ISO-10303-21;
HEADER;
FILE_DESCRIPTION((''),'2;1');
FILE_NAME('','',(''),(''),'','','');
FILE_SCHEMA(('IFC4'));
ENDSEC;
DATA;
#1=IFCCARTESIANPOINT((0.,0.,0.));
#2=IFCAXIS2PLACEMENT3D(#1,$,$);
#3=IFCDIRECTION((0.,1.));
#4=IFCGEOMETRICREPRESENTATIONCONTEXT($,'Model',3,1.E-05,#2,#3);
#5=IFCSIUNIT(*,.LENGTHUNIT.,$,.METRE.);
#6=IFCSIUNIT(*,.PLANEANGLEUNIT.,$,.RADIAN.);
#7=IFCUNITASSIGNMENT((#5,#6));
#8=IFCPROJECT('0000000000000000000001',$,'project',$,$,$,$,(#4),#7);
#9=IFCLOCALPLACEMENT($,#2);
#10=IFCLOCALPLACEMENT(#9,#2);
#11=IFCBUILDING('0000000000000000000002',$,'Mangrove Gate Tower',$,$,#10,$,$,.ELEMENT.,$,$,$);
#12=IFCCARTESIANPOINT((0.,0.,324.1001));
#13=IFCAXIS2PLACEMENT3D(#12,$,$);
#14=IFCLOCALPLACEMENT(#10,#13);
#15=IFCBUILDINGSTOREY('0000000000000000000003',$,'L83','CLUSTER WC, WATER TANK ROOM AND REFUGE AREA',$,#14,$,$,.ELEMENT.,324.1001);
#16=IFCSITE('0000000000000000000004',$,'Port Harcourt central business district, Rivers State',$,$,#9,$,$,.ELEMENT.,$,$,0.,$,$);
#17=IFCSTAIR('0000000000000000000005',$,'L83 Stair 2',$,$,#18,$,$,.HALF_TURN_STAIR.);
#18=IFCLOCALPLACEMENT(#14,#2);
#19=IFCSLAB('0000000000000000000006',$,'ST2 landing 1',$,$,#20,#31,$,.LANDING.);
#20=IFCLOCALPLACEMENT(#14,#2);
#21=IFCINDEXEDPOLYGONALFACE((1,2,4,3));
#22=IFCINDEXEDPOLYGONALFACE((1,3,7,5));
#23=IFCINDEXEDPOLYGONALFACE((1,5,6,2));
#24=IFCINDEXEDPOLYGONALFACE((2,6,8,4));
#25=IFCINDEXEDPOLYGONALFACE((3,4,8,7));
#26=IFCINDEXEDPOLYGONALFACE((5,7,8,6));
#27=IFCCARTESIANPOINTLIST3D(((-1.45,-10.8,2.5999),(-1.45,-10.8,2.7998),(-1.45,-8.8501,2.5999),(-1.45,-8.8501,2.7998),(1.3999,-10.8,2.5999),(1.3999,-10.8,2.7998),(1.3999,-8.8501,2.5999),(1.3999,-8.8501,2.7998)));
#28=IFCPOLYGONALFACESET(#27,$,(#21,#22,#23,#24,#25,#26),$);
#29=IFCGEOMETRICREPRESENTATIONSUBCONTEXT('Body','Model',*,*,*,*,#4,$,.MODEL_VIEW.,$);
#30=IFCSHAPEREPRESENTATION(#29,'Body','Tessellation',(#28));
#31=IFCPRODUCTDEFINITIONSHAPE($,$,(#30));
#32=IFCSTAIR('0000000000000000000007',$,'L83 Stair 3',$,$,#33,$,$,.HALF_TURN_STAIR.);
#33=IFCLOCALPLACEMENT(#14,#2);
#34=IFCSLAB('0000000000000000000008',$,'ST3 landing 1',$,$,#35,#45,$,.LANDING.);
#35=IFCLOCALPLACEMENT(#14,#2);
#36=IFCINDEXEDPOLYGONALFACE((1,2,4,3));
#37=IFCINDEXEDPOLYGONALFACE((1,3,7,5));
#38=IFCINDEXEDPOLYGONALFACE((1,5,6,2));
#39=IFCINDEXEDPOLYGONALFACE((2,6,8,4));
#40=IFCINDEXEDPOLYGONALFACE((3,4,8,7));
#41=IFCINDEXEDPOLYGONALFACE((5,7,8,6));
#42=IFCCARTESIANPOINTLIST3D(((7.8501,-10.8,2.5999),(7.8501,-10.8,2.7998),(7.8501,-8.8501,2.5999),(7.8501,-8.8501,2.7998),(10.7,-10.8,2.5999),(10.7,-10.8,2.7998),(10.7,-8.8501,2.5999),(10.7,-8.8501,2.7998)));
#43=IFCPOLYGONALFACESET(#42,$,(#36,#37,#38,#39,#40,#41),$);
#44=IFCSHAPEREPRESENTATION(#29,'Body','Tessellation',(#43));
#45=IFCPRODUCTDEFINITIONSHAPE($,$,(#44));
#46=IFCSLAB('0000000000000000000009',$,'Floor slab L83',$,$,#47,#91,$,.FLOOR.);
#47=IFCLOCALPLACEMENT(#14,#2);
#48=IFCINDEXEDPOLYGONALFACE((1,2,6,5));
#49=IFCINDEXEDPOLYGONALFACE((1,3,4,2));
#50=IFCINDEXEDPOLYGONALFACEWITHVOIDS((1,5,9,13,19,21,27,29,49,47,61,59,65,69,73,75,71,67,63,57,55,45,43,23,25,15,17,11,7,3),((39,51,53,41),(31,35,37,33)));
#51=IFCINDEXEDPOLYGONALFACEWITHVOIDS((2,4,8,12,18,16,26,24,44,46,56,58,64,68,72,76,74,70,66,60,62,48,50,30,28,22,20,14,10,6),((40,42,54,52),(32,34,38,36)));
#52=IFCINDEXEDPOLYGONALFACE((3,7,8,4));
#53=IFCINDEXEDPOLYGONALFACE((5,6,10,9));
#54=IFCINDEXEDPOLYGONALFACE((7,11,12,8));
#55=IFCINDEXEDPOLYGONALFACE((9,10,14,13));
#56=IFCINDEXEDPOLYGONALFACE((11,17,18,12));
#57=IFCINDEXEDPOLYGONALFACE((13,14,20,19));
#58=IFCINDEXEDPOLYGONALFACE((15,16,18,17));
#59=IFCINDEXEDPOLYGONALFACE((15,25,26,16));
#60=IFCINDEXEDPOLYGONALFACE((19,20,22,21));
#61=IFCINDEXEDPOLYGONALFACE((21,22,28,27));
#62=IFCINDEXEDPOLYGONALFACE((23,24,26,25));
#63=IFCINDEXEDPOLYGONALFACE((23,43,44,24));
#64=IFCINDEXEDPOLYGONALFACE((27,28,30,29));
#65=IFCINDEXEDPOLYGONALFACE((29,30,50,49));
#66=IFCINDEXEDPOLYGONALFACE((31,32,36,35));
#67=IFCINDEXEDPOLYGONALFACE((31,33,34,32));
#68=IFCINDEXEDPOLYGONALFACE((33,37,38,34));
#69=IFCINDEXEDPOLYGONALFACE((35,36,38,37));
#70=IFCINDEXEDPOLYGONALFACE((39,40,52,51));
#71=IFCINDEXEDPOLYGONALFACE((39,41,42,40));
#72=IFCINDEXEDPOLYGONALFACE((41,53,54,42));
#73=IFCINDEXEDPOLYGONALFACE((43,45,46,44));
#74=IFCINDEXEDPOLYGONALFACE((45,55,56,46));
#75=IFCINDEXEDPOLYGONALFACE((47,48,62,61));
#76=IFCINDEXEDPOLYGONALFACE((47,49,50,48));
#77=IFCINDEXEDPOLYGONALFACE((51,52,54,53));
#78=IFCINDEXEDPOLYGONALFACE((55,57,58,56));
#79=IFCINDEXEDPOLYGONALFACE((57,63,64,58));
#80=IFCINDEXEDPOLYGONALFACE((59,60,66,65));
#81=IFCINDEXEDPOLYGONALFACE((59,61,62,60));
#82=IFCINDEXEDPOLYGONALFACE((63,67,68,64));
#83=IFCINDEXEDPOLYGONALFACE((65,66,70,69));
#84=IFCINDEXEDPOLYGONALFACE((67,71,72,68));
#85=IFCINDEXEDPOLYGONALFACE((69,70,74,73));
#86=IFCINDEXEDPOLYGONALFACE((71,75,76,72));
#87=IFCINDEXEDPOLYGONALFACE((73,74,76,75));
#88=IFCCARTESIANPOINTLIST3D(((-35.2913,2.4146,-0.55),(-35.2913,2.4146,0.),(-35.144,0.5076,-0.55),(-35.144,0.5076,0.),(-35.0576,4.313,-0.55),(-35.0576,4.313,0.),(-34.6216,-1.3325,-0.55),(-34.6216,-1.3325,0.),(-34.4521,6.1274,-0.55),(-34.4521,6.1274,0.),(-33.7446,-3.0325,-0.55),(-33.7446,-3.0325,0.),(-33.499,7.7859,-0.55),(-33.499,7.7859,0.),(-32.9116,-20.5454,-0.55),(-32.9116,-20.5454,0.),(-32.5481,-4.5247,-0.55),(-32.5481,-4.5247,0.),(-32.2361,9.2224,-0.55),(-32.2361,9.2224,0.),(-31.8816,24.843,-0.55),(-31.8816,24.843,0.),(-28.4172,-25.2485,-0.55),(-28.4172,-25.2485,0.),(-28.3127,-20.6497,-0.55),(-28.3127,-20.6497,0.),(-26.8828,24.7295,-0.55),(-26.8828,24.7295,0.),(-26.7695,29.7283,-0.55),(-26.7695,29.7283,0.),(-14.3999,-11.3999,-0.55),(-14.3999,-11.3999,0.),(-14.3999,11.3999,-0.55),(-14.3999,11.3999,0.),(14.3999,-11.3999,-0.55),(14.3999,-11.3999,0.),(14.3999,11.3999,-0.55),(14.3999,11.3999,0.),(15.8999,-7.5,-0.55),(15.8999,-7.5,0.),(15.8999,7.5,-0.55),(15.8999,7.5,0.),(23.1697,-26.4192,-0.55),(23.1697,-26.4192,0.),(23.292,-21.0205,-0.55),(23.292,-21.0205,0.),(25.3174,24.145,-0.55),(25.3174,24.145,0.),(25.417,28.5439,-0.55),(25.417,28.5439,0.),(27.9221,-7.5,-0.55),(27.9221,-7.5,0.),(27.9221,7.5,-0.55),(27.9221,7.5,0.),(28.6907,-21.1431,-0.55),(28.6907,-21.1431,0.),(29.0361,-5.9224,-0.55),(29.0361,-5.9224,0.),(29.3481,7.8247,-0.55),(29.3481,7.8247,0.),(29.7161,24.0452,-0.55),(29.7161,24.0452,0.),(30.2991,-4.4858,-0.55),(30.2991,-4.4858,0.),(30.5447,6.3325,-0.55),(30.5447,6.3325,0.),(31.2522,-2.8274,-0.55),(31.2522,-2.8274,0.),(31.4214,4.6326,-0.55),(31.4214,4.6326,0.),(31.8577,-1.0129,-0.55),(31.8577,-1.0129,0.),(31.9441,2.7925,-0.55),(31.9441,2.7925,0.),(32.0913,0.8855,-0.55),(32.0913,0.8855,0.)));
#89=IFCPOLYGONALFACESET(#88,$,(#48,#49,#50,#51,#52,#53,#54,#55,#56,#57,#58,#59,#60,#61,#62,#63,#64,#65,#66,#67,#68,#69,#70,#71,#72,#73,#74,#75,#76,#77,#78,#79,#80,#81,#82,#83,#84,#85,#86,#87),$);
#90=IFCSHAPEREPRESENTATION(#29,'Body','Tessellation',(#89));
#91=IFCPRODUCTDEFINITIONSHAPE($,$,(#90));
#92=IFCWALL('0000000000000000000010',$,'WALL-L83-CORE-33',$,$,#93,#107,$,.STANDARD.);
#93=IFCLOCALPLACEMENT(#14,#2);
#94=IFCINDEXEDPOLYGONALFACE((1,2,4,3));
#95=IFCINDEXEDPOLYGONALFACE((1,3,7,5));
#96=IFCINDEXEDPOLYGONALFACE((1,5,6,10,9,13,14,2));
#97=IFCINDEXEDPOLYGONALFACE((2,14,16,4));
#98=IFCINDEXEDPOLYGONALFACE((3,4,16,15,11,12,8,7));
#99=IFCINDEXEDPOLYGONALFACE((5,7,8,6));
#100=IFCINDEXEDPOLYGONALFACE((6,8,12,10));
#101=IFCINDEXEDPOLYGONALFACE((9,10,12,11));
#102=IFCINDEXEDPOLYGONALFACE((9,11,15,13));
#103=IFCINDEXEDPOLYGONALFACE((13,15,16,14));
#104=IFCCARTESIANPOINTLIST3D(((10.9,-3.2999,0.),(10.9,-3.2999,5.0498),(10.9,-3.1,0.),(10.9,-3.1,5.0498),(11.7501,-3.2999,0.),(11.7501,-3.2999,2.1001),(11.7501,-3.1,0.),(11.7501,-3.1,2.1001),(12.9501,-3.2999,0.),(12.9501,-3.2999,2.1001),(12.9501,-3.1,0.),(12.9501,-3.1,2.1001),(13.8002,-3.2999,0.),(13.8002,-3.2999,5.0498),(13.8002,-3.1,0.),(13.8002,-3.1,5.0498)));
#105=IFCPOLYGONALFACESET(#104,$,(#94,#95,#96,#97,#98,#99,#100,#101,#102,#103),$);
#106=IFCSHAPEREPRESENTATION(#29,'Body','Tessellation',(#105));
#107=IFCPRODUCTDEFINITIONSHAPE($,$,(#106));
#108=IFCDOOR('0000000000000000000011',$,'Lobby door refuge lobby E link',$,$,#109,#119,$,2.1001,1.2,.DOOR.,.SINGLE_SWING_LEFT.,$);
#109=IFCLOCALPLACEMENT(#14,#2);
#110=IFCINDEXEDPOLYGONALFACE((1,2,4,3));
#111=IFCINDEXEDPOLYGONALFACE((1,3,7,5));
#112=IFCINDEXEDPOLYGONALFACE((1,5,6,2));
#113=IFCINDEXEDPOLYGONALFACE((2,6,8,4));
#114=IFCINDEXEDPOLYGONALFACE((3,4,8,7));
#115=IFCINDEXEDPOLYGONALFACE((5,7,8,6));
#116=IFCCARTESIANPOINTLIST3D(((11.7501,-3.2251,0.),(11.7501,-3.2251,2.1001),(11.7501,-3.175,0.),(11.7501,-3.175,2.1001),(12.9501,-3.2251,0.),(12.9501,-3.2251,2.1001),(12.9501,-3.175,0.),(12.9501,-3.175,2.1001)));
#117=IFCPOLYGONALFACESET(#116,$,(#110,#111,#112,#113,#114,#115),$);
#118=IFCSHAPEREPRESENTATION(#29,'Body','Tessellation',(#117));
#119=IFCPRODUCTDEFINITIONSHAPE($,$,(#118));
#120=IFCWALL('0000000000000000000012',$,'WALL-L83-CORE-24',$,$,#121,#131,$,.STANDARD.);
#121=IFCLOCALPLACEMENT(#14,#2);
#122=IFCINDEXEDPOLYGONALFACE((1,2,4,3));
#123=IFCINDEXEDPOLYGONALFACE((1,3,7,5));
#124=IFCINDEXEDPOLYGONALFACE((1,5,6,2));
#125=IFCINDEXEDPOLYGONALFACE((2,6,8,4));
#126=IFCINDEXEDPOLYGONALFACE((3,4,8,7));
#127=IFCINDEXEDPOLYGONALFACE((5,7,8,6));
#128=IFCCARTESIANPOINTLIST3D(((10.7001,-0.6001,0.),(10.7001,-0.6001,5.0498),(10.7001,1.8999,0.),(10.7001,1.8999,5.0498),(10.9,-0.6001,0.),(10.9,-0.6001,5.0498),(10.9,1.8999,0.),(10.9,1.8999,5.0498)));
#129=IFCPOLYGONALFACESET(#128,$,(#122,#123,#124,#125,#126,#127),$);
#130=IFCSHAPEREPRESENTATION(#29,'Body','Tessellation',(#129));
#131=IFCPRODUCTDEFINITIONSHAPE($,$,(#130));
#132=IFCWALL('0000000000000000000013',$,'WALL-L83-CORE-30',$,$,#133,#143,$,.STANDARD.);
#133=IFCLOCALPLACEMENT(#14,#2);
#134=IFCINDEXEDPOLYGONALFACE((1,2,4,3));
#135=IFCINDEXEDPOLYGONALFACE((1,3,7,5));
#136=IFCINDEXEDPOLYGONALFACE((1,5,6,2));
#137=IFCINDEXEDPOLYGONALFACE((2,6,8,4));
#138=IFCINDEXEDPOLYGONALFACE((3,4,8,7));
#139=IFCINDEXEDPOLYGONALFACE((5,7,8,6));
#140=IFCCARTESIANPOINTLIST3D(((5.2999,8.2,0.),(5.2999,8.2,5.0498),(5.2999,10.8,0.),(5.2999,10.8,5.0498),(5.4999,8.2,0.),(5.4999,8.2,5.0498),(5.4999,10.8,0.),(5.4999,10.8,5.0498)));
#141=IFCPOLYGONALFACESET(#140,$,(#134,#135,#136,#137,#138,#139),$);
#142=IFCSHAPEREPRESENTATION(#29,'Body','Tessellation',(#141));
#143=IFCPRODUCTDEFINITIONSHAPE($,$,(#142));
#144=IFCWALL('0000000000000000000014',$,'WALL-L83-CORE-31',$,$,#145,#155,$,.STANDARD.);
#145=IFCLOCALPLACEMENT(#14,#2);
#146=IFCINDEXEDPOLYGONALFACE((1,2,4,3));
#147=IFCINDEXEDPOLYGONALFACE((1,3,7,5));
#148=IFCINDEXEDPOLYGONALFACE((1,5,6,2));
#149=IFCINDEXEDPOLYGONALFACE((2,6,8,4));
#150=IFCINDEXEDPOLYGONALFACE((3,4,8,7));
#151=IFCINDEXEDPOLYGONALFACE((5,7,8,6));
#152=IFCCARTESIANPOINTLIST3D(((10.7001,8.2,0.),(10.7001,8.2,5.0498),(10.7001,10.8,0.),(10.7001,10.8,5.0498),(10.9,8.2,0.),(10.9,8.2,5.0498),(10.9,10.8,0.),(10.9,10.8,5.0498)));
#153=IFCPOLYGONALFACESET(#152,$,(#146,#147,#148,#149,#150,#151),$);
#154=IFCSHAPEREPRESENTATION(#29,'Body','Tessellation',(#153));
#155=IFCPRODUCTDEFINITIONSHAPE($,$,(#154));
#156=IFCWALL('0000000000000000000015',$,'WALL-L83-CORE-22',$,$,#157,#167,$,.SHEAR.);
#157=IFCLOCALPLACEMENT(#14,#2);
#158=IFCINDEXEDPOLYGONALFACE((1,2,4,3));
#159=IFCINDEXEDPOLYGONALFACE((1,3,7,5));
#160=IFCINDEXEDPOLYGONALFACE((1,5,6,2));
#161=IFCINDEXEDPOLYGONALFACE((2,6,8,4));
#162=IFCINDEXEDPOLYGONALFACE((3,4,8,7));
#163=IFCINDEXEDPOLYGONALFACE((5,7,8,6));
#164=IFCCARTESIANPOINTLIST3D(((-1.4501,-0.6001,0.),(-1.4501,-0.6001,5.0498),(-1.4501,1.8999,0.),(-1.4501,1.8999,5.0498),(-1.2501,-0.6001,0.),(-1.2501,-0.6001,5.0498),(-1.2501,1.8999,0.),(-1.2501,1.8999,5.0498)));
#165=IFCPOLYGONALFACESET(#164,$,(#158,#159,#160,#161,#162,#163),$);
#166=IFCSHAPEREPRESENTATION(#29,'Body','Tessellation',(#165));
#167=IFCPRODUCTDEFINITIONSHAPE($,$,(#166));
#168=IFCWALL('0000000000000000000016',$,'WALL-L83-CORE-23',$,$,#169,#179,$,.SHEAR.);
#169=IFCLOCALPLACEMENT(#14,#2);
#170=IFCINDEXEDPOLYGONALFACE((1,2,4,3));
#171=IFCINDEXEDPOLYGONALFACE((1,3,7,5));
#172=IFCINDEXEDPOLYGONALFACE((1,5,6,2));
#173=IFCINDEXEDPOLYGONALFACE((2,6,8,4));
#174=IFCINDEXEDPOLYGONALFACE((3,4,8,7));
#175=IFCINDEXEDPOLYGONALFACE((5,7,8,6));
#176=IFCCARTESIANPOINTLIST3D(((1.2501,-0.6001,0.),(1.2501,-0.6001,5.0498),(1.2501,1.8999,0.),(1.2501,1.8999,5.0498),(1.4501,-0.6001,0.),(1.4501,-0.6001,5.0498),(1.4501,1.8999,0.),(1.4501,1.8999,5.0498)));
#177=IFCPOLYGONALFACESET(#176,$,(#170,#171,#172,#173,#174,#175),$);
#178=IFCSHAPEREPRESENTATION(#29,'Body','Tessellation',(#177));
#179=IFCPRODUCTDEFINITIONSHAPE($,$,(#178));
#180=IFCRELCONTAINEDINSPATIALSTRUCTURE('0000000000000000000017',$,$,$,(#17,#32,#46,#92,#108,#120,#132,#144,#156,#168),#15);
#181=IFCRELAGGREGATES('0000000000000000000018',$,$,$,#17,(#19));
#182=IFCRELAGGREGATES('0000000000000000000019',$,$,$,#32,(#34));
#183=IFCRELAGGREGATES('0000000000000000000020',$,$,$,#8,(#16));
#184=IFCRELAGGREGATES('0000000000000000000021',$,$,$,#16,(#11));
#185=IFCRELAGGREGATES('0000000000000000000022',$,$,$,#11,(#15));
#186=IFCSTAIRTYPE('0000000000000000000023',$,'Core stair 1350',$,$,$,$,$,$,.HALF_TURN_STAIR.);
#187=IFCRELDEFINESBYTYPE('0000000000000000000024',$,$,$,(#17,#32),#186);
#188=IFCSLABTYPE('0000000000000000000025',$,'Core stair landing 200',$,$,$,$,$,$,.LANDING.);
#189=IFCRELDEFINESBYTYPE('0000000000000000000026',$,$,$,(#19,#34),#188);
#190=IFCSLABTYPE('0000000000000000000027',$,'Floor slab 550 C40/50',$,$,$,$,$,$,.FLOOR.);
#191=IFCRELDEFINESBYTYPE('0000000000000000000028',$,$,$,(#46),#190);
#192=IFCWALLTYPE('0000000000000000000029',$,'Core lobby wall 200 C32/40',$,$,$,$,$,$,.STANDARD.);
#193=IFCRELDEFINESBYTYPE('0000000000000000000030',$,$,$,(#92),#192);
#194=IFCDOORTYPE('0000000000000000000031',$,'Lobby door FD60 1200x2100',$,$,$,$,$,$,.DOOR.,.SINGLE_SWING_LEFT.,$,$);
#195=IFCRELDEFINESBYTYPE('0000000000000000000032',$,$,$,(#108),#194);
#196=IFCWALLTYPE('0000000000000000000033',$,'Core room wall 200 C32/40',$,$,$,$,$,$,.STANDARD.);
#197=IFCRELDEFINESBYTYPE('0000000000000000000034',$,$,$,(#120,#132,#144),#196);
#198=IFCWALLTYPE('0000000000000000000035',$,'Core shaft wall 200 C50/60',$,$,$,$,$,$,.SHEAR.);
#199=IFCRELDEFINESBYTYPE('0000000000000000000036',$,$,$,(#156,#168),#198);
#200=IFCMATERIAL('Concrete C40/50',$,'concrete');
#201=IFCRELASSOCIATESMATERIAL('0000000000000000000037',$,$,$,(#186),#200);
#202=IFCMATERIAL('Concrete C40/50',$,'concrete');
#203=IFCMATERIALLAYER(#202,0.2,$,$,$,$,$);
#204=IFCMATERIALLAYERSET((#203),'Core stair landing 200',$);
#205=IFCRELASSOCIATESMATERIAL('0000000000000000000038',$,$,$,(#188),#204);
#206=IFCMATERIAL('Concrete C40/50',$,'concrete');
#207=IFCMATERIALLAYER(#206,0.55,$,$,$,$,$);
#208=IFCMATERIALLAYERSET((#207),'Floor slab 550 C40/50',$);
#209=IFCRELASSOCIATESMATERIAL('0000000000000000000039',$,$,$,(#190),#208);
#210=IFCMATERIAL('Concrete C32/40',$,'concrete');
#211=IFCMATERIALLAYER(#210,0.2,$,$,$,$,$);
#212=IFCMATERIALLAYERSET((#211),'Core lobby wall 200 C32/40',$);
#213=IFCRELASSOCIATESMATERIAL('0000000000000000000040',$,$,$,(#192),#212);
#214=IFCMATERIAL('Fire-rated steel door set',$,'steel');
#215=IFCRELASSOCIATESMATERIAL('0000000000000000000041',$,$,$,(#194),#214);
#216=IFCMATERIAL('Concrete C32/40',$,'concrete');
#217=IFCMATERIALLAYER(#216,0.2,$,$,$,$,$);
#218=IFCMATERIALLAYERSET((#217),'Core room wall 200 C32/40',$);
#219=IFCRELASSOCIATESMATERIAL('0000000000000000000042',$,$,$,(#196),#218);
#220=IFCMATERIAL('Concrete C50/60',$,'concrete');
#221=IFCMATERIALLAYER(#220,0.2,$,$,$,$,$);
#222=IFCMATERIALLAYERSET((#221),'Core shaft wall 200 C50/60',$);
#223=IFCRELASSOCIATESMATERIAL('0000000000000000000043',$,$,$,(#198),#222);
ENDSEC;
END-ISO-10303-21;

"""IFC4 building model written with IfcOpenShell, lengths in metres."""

from ifc_helpers import new_model, si_unit, direction, frame, frame_2d, origin, place, context, subcontext, project, spatial, polyline, rectangle, outline, extrude, material, layer, layer_set, type_object, element, fill, aggregate, save


model = new_model("IFC4")

# Units and contexts
model_context = context("Model", 3, precision=1e-05, world=origin(), true_north=direction((0.0, 1.0)))
body_context = subcontext(model_context, "Body", "Model", "MODEL_VIEW")
ifc_project = project(units=[si_unit("LENGTHUNIT", "METRE"), si_unit("PLANEANGLEUNIT", "RADIAN")], contexts=[model_context])

# Site, building, storey
site_placement = place(None, origin())
site = spatial("IfcSite", under=ifc_project, at=site_placement, Name="Port Harcourt central business district, Rivers State", CompositionType="ELEMENT", RefElevation=0.0)
building_placement = place(site_placement, origin())
building = spatial("IfcBuilding", under=site, at=building_placement, Name="Mangrove Gate Tower", CompositionType="ELEMENT")
storey_placement = place(building_placement, frame((0.0, 0.0, 324.1001)))
storey = spatial("IfcBuildingStorey", under=building, at=storey_placement, Name="L83", Description="CLUSTER WC, WATER TANK ROOM AND REFUGE AREA", CompositionType="ELEMENT", Elevation=324.1001)

# Stairs, slabs
ifc_material_1 = material(Name="Concrete C40/50", Category="concrete")
stair_type = type_object("IfcStairType", Name="Core stair 1350", PredefinedType="HALF_TURN_STAIR", material=ifc_material_1)
ifc_material_2 = material(Name="Concrete C40/50", Category="concrete")
ifc_layer_1 = layer(ifc_material_2, 0.2)
ifc_layer_set_1 = layer_set([ifc_layer_1], Name="Core stair landing 200")
slab_type_1 = type_object("IfcSlabType", Name="Core stair landing 200", PredefinedType="LANDING", material=ifc_layer_set_1)
stair_1_placement = place(storey_placement, origin())
stair_1 = element("IfcStair", 1, at=stair_1_placement, inside=storey, type_object=stair_type, Name="L83 Stair 2", PredefinedType="HALF_TURN_STAIR")
slab_1_placement = place(storey_placement, frame((0.0, 0.0, 2.5999)))
slab_1 = element("IfcSlab", 2, at=slab_1_placement, type_object=slab_type_1, Name="ST2 landing 1", PredefinedType="LANDING", context=body_context, shape_type="SweptSolid", body=[
    extrude(outline(polyline([(-1.45, -8.8501), (-1.45, -10.8), (1.3999, -10.8), (1.3999, -8.8501), (-1.45, -8.8501)])), origin(), (0.0, 0.0, 1.0), 0.2),
])
aggregate(stair_1, [slab_1])
stair_2_placement = place(storey_placement, origin())
stair_2 = element("IfcStair", 3, at=stair_2_placement, inside=storey, type_object=stair_type, Name="L83 Stair 3", PredefinedType="HALF_TURN_STAIR")
slab_2_placement = place(storey_placement, frame((0.0, 0.0, 2.5999)))
slab_2 = element("IfcSlab", 4, at=slab_2_placement, type_object=slab_type_1, Name="ST3 landing 1", PredefinedType="LANDING", context=body_context, shape_type="SweptSolid", body=[
    extrude(outline(polyline([(7.8501, -8.8501), (7.8501, -10.8), (10.7, -10.8), (10.7, -8.8501), (7.8501, -8.8501)])), origin(), (0.0, 0.0, 1.0), 0.2),
])

# Slab
ifc_material_3 = material(Name="Concrete C40/50", Category="concrete")
ifc_layer_2 = layer(ifc_material_3, 0.55)
ifc_layer_set_2 = layer_set([ifc_layer_2], Name="Floor slab 550 C40/50")
slab_type_2 = type_object("IfcSlabType", Name="Floor slab 550 C40/50", PredefinedType="FLOOR", material=ifc_layer_set_2)
slab_3_placement = place(storey_placement, frame((0.0, 0.0, -0.55)))
element("IfcSlab", 5, at=slab_3_placement, inside=storey, type_object=slab_type_2, Name="Floor slab L83", PredefinedType="FLOOR", context=body_context, shape_type="SweptSolid", body=[
    extrude(outline(polyline([(-28.4172, -25.2485), (23.1697, -26.4192), (23.292, -21.0205), (28.6907, -21.1431), (29.0361, -5.9224), (30.2991, -4.4858), (31.2522, -2.8274), (31.8577, -1.0129), (32.0913, 0.8855), (31.9441, 2.7925), (31.4214, 4.6326), (30.5447, 6.3325), (29.3481, 7.8247), (29.7161, 24.0452), (25.3174, 24.145), (25.417, 28.5439), (-26.7695, 29.7283), (-26.8828, 24.7295), (-31.8816, 24.843), (-32.2361, 9.2224), (-33.499, 7.7859), (-34.4521, 6.1274), (-35.0576, 4.313), (-35.2913, 2.4146), (-35.144, 0.5076), (-34.6216, -1.3325), (-33.7446, -3.0325), (-32.5481, -4.5247), (-32.9116, -20.5454), (-28.3127, -20.6497), (-28.4172, -25.2485)]), holes=[polyline([(15.8999, 7.5), (27.9221, 7.5), (27.9221, -7.5), (15.8999, -7.5), (15.8999, 7.5)]), polyline([(-14.3999, -11.3999), (-14.3999, 11.3999), (14.3999, 11.3999), (14.3999, -11.3999), (-14.3999, -11.3999)])]), origin(), (0.0, 0.0, 1.0), 0.55),
])

# Wall, opening, door
ifc_material_4 = material(Name="Concrete C32/40", Category="concrete")
ifc_layer_3 = layer(ifc_material_4, 0.2)
ifc_layer_set_3 = layer_set([ifc_layer_3], Name="Core lobby wall 200 C32/40")
wall_type_1 = type_object("IfcWallType", Name="Core lobby wall 200 C32/40", PredefinedType="STANDARD", material=ifc_layer_set_3)
wall_1_placement = place(storey_placement, frame((10.8999, -3.2, 0.0), z_axis=(0.0, 0.0, 1.0), x_axis=(1.0, 0.0, 0.0)))
wall_1 = element("IfcWall", 6, at=wall_1_placement, inside=storey, type_object=wall_type_1, Name="WALL-L83-CORE-33", PredefinedType="STANDARD", context=body_context, shape_type="SweptSolid", body=[
    extrude(rectangle(XDim=2.9001, YDim=0.2, at=frame_2d((1.4502, 0.0))), origin(), (0.0, 0.0, 1.0), 5.0498),
])
opening_1_placement = place(wall_1_placement, frame((0.8501, 0.0, 0.0)))
opening_1 = element("IfcOpeningElement", 7, at=opening_1_placement, cuts=wall_1, PredefinedType="OPENING", context=body_context, shape_type="SweptSolid", body=[
    extrude(rectangle(XDim=1.2, YDim=2.1001, at=frame_2d((0.6001, 1.05))), frame((0.0, 0.1099, 0.0), z_axis=(0.0, -1.0, 0.0), x_axis=(1.0, 0.0, 0.0)), (0.0, 0.0, 1.0), 0.22),
])
ifc_material_5 = material(Name="Fire-rated steel door set", Category="steel")
door_type_1 = type_object("IfcDoorType", Name="Lobby door FD60 1200x2100", OperationType="SINGLE_SWING_LEFT", PredefinedType="DOOR", material=ifc_material_5)
door_1_placement = place(opening_1_placement, origin())
door_1 = element("IfcDoor", 8, at=door_1_placement, inside=storey, type_object=door_type_1, Name="Lobby door refuge lobby E link", OperationType="SINGLE_SWING_LEFT", OverallHeight=2.1001, OverallWidth=1.2, PredefinedType="DOOR", context=body_context, shape_type="SweptSolid", body=[
    extrude(rectangle(XDim=1.2, YDim=2.1001, at=frame_2d((0.6001, 1.05))), frame((0.0, 0.0249, 0.0), z_axis=(0.0, -1.0, 0.0), x_axis=(1.0, 0.0, 0.0)), (0.0, 0.0, 1.0), 0.05),
])
fill(opening_1, door_1)

# Walls
ifc_material_6 = material(Name="Concrete C32/40", Category="concrete")
ifc_layer_4 = layer(ifc_material_6, 0.2)
ifc_layer_set_4 = layer_set([ifc_layer_4], Name="Core room wall 200 C32/40")
wall_type_2 = type_object("IfcWallType", Name="Core room wall 200 C32/40", PredefinedType="STANDARD", material=ifc_layer_set_4)
wall_2_placement = place(storey_placement, frame((10.8, -0.6001, 0.0), z_axis=(0.0, 0.0, 1.0), x_axis=(0.0, 1.0, 0.0)))
element("IfcWall", 9, at=wall_2_placement, inside=storey, type_object=wall_type_2, Name="WALL-L83-CORE-24", PredefinedType="STANDARD", context=body_context, shape_type="SweptSolid", body=[
    extrude(rectangle(XDim=2.5, YDim=0.2, at=frame_2d((1.25, 0.0))), origin(), (0.0, 0.0, 1.0), 5.0498),
])
for number, where, z_axis, x_axis, name in (
    (10, (5.3999, 8.2, 0.0), (0.0, 0.0, 1.0), (0.0, 1.0, 0.0), "WALL-L83-CORE-30"),
    (11, (10.8, 8.2, 0.0), (0.0, 0.0, 1.0), (0.0, 1.0, 0.0), "WALL-L83-CORE-31"),
):
    element("IfcWall", number, at=place(storey_placement, frame(where, z_axis=z_axis, x_axis=x_axis)), inside=storey, type_object=wall_type_2, Name=name, PredefinedType="STANDARD", context=body_context, shape_type="SweptSolid", body=[
        extrude(rectangle(XDim=2.6001, YDim=0.2, at=frame_2d((1.3, 0.0))), origin(), (0.0, 0.0, 1.0), 5.0498),
    ])
ifc_material_7 = material(Name="Concrete C50/60", Category="concrete")
ifc_layer_5 = layer(ifc_material_7, 0.2)
ifc_layer_set_5 = layer_set([ifc_layer_5], Name="Core shaft wall 200 C50/60")
wall_type_3 = type_object("IfcWallType", Name="Core shaft wall 200 C50/60", PredefinedType="SHEAR", material=ifc_layer_set_5)
for number, where, z_axis, x_axis, name in (
    (12, (-1.3501, -0.6001, 0.0), (0.0, 0.0, 1.0), (0.0, 1.0, 0.0), "WALL-L83-CORE-22"),
    (13, (1.3501, -0.6001, 0.0), (0.0, 0.0, 1.0), (0.0, 1.0, 0.0), "WALL-L83-CORE-23"),
):
    element("IfcWall", number, at=place(storey_placement, frame(where, z_axis=z_axis, x_axis=x_axis)), inside=storey, type_object=wall_type_3, Name=name, PredefinedType="SHEAR", context=body_context, shape_type="SweptSolid", body=[
        extrude(rectangle(XDim=2.5, YDim=0.2, at=frame_2d((1.25, 0.0))), origin(), (0.0, 0.0, 1.0), 5.0498),
    ])

aggregate(stair_2, [slab_2])

save(model, "model.ifc")
